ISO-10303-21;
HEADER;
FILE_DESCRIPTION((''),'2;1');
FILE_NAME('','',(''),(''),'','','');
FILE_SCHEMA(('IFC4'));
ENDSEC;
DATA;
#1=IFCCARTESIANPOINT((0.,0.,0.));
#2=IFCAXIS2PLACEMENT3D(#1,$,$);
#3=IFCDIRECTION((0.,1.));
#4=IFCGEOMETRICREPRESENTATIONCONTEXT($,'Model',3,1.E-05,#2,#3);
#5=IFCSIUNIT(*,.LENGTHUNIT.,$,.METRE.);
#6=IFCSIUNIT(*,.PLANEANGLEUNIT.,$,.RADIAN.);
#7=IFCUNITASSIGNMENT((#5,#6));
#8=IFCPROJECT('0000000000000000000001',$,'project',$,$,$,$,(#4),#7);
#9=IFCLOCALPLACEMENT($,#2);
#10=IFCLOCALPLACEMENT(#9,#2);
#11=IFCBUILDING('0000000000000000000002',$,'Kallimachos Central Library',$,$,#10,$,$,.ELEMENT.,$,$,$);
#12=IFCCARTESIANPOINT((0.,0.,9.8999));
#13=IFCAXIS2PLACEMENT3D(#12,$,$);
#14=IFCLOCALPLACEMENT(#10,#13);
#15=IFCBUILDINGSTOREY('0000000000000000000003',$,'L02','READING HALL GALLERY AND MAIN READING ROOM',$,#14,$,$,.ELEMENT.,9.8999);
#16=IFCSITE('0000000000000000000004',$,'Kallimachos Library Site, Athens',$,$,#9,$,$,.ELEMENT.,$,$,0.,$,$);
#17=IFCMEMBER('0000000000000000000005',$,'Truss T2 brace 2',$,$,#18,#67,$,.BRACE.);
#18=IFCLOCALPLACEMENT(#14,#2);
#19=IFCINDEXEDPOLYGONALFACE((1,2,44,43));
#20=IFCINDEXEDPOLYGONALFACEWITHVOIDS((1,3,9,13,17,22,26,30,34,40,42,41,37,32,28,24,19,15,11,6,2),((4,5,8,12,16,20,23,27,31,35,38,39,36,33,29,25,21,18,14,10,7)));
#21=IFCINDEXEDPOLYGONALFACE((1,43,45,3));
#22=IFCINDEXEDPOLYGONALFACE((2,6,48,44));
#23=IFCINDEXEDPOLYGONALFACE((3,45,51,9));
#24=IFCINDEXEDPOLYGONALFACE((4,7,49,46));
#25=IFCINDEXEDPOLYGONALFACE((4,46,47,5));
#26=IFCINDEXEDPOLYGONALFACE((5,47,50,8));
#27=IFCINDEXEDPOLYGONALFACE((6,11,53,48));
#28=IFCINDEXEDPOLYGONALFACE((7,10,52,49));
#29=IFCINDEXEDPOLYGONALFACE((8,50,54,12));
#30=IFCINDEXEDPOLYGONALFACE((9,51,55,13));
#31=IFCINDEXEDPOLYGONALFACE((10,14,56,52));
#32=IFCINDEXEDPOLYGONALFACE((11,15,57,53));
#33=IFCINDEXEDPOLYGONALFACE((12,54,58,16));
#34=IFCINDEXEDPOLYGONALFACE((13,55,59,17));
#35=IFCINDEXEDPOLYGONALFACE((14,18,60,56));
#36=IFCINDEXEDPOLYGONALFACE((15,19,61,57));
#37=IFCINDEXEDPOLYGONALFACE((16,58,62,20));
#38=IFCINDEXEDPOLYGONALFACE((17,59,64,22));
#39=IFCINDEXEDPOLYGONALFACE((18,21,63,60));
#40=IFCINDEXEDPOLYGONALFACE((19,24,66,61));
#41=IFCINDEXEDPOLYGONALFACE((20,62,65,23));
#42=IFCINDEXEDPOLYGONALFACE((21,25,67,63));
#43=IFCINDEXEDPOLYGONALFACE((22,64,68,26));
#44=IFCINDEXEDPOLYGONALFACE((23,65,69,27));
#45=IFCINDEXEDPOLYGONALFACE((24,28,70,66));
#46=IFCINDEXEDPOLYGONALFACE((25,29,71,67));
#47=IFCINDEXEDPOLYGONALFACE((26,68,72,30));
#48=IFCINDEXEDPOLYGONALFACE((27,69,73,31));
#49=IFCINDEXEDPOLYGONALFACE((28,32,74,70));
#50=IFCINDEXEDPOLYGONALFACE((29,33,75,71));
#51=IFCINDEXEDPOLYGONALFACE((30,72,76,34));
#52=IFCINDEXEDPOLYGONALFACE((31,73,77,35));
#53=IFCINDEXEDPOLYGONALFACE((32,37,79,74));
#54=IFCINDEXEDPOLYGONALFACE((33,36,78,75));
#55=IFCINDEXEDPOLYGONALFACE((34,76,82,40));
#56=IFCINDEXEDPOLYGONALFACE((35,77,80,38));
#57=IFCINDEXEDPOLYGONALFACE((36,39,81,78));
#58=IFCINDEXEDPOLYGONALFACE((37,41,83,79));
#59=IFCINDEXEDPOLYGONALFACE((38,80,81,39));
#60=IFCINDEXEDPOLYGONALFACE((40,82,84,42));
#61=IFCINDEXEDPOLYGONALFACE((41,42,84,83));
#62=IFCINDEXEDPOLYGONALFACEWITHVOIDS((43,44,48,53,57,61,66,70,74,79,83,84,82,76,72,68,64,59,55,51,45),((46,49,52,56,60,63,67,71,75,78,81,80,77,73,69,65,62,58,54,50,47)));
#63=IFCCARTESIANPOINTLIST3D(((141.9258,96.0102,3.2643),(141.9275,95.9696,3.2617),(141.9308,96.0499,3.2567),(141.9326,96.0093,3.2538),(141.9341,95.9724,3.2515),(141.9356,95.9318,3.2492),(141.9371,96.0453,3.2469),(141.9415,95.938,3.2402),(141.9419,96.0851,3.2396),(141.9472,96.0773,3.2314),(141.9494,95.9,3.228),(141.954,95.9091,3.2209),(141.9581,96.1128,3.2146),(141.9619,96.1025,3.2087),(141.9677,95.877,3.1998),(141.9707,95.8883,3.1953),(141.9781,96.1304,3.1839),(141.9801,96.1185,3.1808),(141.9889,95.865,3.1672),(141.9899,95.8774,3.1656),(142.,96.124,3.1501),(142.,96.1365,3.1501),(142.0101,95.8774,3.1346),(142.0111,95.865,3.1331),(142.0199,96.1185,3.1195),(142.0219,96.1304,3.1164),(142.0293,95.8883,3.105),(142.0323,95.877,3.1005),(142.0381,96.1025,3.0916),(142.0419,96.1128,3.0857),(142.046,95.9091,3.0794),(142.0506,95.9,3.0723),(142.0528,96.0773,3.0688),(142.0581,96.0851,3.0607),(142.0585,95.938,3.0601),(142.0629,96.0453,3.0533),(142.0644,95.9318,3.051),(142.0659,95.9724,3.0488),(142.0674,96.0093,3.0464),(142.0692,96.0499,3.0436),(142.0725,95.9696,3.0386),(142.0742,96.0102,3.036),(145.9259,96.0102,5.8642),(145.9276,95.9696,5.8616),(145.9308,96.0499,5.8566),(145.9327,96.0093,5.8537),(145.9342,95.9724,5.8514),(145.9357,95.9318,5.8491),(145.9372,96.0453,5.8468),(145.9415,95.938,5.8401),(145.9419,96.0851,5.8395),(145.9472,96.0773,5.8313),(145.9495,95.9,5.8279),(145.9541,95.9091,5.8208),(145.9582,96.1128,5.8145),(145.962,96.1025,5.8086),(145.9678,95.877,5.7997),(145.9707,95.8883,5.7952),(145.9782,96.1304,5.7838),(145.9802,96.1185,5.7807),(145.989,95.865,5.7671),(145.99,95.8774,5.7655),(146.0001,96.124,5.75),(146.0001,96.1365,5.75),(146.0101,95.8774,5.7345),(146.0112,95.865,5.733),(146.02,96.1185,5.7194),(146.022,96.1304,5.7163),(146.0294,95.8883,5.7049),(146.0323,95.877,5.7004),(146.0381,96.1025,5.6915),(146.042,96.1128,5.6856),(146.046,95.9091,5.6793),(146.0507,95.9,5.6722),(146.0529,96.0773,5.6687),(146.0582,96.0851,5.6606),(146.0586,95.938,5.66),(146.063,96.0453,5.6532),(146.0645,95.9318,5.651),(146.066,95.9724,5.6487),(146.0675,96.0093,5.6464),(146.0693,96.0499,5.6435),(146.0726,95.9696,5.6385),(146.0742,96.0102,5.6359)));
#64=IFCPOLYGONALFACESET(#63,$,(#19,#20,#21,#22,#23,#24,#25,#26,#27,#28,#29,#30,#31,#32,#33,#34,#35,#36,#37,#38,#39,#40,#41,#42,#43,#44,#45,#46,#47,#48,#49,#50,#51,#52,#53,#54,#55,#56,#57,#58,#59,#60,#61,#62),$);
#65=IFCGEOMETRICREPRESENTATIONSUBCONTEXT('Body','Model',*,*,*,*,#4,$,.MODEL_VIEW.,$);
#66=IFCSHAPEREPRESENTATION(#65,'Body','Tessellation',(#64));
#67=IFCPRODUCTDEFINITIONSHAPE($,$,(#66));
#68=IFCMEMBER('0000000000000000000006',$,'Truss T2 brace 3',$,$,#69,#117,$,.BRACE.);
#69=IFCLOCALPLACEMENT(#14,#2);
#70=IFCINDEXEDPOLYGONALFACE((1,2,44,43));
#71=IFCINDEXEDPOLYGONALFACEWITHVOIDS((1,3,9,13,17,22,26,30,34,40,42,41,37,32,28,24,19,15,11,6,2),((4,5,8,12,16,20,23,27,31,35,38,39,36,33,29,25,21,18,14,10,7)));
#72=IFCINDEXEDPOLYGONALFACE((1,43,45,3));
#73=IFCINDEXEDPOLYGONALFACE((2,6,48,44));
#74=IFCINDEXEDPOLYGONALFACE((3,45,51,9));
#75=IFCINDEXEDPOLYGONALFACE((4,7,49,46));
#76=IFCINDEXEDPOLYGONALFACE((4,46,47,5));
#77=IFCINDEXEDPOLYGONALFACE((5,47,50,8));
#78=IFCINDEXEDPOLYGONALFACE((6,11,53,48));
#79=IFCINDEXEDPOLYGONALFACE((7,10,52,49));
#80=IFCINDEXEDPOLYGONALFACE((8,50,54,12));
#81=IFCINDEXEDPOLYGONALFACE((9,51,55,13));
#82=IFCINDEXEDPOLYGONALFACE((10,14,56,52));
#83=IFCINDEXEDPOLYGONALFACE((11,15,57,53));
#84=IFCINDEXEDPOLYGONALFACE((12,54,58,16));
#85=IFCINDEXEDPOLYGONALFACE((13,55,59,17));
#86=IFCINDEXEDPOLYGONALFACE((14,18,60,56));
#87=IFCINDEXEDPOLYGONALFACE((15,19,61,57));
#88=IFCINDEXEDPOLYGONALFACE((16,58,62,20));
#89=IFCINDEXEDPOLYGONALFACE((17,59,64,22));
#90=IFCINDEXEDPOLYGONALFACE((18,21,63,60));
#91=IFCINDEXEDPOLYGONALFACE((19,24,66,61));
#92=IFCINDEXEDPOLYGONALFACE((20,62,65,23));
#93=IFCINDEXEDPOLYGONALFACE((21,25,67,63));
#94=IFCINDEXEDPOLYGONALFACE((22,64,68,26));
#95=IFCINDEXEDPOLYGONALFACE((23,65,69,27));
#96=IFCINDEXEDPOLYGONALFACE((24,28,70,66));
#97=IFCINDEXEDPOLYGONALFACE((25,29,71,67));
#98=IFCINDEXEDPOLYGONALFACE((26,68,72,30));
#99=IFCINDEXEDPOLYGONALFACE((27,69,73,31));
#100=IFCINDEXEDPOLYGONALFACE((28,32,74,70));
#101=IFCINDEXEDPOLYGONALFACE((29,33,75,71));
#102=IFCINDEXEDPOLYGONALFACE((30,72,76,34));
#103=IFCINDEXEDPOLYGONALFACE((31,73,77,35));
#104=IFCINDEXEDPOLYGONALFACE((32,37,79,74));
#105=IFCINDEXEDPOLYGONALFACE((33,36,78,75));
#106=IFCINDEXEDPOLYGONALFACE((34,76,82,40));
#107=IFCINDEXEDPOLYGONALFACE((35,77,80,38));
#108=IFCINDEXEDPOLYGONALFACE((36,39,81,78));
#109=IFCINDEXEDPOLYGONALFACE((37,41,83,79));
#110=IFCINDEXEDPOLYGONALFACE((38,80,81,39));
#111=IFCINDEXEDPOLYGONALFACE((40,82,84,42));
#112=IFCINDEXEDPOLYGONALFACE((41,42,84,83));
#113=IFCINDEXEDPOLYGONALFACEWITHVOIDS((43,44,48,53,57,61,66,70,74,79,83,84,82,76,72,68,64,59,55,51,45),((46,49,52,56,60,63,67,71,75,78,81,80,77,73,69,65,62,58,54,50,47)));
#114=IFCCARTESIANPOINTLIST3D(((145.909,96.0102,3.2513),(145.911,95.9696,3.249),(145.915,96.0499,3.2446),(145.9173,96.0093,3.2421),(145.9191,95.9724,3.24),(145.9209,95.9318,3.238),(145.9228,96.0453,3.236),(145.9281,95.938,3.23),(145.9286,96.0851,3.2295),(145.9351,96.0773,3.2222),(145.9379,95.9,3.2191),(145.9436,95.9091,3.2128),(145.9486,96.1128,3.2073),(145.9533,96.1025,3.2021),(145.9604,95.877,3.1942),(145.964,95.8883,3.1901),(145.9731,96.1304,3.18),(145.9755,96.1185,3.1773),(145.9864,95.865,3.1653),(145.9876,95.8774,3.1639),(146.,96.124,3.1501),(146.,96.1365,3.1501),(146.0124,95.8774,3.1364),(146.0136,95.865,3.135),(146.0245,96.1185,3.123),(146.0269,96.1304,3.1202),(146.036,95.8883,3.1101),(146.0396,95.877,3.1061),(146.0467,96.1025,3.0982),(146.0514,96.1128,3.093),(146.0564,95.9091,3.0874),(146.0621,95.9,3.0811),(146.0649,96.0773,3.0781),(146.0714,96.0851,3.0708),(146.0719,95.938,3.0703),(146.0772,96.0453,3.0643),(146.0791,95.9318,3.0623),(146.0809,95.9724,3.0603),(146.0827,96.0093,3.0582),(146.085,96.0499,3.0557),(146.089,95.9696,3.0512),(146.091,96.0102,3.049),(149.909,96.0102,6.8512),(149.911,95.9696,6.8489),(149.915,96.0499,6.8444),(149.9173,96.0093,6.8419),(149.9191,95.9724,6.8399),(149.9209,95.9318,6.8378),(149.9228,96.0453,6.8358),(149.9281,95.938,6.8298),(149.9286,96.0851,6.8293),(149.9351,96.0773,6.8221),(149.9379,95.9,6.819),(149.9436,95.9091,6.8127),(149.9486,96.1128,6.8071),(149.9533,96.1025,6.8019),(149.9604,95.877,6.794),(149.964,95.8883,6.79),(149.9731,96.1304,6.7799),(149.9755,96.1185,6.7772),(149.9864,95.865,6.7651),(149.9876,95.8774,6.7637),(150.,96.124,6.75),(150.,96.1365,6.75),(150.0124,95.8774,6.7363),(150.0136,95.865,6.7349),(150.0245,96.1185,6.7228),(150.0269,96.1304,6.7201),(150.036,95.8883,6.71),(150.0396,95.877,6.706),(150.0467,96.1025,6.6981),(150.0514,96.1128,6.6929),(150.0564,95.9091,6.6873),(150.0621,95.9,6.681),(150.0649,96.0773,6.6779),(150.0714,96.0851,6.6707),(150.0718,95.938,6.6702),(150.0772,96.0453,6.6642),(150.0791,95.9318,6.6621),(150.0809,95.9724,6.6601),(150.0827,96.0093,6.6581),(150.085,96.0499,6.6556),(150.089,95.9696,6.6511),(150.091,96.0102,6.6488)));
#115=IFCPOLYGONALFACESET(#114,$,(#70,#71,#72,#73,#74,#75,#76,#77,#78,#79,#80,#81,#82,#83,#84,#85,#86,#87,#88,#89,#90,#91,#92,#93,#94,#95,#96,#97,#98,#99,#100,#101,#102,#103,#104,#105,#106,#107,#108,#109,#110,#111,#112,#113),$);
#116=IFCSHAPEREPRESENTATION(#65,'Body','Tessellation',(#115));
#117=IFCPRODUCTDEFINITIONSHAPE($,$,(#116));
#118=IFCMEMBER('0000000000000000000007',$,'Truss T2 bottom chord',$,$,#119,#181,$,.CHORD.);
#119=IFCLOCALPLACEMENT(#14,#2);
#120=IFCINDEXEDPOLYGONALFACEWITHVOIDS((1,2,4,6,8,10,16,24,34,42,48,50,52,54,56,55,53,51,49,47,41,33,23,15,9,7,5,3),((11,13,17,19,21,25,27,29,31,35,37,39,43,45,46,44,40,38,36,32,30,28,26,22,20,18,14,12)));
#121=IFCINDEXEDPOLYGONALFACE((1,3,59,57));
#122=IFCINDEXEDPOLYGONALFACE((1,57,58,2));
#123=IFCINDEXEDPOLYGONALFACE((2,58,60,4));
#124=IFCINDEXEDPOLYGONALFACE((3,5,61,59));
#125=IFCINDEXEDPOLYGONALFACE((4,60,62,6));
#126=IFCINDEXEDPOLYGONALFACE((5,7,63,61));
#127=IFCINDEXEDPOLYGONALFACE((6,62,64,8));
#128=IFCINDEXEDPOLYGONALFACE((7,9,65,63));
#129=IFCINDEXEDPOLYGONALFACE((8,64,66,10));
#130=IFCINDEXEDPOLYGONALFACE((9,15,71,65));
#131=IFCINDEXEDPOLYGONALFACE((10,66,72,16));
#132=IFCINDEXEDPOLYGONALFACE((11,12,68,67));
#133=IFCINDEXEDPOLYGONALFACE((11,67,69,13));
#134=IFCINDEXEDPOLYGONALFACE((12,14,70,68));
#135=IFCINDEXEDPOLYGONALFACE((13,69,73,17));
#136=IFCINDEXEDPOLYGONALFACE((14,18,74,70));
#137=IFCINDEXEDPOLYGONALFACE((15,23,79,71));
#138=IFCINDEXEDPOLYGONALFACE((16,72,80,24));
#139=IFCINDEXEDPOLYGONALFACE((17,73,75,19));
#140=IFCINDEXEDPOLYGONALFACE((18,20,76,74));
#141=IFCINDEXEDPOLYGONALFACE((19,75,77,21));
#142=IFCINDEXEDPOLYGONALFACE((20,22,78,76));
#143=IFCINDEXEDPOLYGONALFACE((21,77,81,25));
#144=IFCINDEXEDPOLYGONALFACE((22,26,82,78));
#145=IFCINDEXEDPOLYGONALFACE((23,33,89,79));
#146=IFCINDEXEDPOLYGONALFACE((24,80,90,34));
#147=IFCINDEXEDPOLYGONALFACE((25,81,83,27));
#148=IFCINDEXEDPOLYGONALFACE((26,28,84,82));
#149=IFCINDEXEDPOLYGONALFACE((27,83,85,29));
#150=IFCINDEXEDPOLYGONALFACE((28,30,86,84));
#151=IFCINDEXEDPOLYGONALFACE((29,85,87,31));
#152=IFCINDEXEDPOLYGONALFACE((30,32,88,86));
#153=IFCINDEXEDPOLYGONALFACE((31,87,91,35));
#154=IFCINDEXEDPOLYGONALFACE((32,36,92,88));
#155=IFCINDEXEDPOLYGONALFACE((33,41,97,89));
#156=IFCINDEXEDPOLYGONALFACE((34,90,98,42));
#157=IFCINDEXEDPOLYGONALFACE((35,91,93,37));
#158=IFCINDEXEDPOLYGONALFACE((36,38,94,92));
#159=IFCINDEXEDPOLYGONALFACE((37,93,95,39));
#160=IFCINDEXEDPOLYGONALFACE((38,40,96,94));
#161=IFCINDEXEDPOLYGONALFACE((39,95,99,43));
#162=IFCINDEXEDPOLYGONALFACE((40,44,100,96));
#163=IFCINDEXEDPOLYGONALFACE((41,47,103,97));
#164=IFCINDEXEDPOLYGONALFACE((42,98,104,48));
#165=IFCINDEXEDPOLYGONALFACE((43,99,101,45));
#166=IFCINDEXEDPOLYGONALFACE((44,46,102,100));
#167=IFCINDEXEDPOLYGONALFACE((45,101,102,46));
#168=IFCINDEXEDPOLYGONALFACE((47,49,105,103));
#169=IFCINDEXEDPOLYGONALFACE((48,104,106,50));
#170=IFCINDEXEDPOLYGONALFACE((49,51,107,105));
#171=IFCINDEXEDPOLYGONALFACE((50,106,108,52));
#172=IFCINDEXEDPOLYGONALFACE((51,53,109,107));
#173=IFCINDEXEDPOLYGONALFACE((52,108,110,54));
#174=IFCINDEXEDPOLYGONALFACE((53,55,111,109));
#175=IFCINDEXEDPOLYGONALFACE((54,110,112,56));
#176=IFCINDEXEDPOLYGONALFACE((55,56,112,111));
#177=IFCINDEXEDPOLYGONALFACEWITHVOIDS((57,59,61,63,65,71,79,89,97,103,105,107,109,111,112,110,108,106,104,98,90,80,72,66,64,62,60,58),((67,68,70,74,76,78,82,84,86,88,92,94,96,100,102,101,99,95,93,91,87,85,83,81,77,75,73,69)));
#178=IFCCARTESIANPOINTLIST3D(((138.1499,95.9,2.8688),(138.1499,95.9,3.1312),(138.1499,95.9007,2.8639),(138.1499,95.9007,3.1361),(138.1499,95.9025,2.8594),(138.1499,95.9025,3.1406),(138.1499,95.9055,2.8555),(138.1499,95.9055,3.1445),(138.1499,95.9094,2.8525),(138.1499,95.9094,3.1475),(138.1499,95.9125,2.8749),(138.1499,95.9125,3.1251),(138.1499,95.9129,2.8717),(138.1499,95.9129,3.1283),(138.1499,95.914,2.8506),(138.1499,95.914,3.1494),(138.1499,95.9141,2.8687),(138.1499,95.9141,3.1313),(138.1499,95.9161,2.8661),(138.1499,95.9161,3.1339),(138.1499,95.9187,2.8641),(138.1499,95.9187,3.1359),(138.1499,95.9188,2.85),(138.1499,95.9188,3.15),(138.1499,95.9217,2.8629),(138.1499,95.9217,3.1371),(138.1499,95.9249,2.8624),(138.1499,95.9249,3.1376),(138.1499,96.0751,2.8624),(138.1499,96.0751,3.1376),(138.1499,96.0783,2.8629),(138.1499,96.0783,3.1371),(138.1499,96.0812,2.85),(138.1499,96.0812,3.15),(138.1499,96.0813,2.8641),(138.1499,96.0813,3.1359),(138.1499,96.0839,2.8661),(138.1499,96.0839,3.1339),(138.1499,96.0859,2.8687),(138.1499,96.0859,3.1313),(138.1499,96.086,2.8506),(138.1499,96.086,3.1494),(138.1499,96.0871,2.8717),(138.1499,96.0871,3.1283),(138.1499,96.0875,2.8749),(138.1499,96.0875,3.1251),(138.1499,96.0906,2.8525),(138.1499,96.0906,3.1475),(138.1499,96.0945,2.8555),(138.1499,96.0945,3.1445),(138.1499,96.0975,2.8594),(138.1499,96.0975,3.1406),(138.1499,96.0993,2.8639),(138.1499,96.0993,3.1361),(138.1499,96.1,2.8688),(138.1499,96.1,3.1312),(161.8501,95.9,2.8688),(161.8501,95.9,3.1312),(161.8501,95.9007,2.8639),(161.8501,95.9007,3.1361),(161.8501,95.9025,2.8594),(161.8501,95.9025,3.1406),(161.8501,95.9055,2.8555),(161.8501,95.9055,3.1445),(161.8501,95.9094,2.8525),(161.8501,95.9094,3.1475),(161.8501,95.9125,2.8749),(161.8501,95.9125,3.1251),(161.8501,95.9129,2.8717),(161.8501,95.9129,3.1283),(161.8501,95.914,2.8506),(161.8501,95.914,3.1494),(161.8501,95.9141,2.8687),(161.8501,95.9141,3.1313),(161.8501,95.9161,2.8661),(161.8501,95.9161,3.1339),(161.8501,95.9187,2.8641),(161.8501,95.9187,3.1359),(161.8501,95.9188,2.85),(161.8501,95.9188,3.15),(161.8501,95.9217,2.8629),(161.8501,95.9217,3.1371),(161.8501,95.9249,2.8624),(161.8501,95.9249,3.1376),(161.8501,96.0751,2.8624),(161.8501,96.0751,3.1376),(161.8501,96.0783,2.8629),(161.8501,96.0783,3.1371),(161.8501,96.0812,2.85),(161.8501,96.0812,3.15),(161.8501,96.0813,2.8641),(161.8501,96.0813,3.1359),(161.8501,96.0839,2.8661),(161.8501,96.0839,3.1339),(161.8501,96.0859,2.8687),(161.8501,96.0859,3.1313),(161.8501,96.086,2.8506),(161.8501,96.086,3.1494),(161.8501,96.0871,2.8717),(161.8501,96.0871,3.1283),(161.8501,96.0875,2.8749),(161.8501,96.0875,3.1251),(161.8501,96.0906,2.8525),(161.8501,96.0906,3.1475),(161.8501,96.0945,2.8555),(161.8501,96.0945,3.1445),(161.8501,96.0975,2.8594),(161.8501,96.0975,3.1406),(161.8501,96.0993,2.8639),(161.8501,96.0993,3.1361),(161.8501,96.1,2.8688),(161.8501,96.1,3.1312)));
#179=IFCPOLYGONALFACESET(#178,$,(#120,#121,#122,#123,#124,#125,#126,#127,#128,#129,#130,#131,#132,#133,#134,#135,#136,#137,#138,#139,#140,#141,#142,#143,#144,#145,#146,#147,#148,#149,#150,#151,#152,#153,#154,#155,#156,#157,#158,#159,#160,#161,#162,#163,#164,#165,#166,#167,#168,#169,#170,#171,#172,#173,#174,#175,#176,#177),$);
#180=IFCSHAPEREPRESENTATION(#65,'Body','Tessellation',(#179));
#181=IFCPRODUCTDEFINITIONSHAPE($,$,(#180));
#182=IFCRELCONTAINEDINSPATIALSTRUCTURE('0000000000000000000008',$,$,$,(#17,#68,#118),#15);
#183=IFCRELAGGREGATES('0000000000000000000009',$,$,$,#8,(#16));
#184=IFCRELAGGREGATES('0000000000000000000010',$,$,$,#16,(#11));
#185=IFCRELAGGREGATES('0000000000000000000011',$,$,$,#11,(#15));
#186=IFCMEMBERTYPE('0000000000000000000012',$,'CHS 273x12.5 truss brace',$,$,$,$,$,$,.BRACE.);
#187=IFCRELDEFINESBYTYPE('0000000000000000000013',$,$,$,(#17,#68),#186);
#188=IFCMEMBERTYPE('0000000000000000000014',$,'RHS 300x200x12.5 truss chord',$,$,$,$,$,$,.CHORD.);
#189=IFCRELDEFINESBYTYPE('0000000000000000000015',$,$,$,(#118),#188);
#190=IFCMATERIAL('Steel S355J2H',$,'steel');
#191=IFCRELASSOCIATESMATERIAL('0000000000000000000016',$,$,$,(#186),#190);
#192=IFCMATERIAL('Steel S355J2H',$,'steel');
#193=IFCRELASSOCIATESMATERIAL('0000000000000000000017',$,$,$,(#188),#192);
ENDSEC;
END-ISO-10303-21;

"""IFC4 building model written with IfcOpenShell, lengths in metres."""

from ifc_helpers import new_model, si_unit, direction, frame, origin, origin_2d, place, context, subcontext, project, spatial, hollow_rectangle, hollow_circle, extrude, material, material_profile, profile_set, type_object, element, save


model = new_model("IFC4")

# Units and contexts
model_context = context("Model", 3, precision=1e-05, world=origin(), true_north=direction((0.0, 1.0)))
body_context = subcontext(model_context, "Body", "Model", "MODEL_VIEW")
ifc_project = project(units=[si_unit("LENGTHUNIT", "METRE"), si_unit("PLANEANGLEUNIT", "RADIAN")], contexts=[model_context])

# Site, building, storey
site_placement = place(None, origin())
site = spatial("IfcSite", under=ifc_project, at=site_placement, Name="Kallimachos Library Site, Athens", CompositionType="ELEMENT", RefElevation=0.0)
building_placement = place(site_placement, origin())
building = spatial("IfcBuilding", under=site, at=building_placement, Name="Kallimachos Central Library", CompositionType="ELEMENT")
storey_placement = place(building_placement, frame((0.0, 0.0, 9.8999)))
storey = spatial("IfcBuildingStorey", under=building, at=storey_placement, Name="L02", Description="READING HALL GALLERY AND MAIN READING ROOM", CompositionType="ELEMENT", Elevation=9.8999)

# Members
ifc_material_1 = material(Name="Steel S355J2H", Category="steel")
ifc_material_profile_1 = material_profile(ifc_material_1, hollow_circle(Radius=0.1365, WallThickness=0.0125, at=origin_2d()), Name="CHS 273x12.5")
ifc_profile_set_1 = profile_set([ifc_material_profile_1], Name="Steel S355J2H")
member_type_1 = type_object("IfcMemberType", Name="CHS 273x12.5 truss brace", PredefinedType="BRACE", material=ifc_profile_set_1)
member_1_placement = place(storey_placement, frame((142.0, 96.0, 3.1501), z_axis=(0.838458, 0.0, 0.544967), x_axis=(0.0, 1.0, 0.0)))
element("IfcMember", 1, at=member_1_placement, inside=storey, type_object=member_type_1, Name="Truss T2 brace 2", PredefinedType="BRACE", context=body_context, shape_type="SweptSolid", body=[
    extrude(hollow_circle(Radius=0.1365, WallThickness=0.0125, at=origin_2d()), origin(), (0.0, 0.0, 1.0), 4.7708),
])
member_2_placement = place(storey_placement, frame((146.0, 96.0, 3.1501), z_axis=(0.743308, 0.0, 0.66895), x_axis=(0.0, 1.0, 0.0)))
element("IfcMember", 2, at=member_2_placement, inside=storey, type_object=member_type_1, Name="Truss T2 brace 3", PredefinedType="BRACE", context=body_context, shape_type="SweptSolid", body=[
    extrude(hollow_circle(Radius=0.1365, WallThickness=0.0125, at=origin_2d()), origin(), (0.0, 0.0, 1.0), 5.3813),
])
ifc_material_2 = material(Name="Steel S355J2H", Category="steel")
ifc_material_profile_2 = material_profile(ifc_material_2, hollow_rectangle(XDim=0.2, YDim=0.3, WallThickness=0.0125, InnerFilletRadius=0.0125, OuterFilletRadius=0.0188, at=origin_2d()), Name="RHS 300x200x12.5")
ifc_profile_set_2 = profile_set([ifc_material_profile_2], Name="Steel S355J2H")
member_type_2 = type_object("IfcMemberType", Name="RHS 300x200x12.5 truss chord", PredefinedType="CHORD", material=ifc_profile_set_2)
member_3_placement = place(storey_placement, frame((138.1499, 96.0, 3.0), z_axis=(1.0, 0.0, 0.0), x_axis=(0.0, 1.0, 0.0)))
element("IfcMember", 3, at=member_3_placement, inside=storey, type_object=member_type_2, Name="Truss T2 bottom chord", PredefinedType="CHORD", context=body_context, shape_type="SweptSolid", body=[
    extrude(hollow_rectangle(XDim=0.2, YDim=0.3, WallThickness=0.0125, InnerFilletRadius=0.0125, OuterFilletRadius=0.0188, at=origin_2d()), origin(), (0.0, 0.0, 1.0), 23.7002),
])

save(model, "model.ifc")
